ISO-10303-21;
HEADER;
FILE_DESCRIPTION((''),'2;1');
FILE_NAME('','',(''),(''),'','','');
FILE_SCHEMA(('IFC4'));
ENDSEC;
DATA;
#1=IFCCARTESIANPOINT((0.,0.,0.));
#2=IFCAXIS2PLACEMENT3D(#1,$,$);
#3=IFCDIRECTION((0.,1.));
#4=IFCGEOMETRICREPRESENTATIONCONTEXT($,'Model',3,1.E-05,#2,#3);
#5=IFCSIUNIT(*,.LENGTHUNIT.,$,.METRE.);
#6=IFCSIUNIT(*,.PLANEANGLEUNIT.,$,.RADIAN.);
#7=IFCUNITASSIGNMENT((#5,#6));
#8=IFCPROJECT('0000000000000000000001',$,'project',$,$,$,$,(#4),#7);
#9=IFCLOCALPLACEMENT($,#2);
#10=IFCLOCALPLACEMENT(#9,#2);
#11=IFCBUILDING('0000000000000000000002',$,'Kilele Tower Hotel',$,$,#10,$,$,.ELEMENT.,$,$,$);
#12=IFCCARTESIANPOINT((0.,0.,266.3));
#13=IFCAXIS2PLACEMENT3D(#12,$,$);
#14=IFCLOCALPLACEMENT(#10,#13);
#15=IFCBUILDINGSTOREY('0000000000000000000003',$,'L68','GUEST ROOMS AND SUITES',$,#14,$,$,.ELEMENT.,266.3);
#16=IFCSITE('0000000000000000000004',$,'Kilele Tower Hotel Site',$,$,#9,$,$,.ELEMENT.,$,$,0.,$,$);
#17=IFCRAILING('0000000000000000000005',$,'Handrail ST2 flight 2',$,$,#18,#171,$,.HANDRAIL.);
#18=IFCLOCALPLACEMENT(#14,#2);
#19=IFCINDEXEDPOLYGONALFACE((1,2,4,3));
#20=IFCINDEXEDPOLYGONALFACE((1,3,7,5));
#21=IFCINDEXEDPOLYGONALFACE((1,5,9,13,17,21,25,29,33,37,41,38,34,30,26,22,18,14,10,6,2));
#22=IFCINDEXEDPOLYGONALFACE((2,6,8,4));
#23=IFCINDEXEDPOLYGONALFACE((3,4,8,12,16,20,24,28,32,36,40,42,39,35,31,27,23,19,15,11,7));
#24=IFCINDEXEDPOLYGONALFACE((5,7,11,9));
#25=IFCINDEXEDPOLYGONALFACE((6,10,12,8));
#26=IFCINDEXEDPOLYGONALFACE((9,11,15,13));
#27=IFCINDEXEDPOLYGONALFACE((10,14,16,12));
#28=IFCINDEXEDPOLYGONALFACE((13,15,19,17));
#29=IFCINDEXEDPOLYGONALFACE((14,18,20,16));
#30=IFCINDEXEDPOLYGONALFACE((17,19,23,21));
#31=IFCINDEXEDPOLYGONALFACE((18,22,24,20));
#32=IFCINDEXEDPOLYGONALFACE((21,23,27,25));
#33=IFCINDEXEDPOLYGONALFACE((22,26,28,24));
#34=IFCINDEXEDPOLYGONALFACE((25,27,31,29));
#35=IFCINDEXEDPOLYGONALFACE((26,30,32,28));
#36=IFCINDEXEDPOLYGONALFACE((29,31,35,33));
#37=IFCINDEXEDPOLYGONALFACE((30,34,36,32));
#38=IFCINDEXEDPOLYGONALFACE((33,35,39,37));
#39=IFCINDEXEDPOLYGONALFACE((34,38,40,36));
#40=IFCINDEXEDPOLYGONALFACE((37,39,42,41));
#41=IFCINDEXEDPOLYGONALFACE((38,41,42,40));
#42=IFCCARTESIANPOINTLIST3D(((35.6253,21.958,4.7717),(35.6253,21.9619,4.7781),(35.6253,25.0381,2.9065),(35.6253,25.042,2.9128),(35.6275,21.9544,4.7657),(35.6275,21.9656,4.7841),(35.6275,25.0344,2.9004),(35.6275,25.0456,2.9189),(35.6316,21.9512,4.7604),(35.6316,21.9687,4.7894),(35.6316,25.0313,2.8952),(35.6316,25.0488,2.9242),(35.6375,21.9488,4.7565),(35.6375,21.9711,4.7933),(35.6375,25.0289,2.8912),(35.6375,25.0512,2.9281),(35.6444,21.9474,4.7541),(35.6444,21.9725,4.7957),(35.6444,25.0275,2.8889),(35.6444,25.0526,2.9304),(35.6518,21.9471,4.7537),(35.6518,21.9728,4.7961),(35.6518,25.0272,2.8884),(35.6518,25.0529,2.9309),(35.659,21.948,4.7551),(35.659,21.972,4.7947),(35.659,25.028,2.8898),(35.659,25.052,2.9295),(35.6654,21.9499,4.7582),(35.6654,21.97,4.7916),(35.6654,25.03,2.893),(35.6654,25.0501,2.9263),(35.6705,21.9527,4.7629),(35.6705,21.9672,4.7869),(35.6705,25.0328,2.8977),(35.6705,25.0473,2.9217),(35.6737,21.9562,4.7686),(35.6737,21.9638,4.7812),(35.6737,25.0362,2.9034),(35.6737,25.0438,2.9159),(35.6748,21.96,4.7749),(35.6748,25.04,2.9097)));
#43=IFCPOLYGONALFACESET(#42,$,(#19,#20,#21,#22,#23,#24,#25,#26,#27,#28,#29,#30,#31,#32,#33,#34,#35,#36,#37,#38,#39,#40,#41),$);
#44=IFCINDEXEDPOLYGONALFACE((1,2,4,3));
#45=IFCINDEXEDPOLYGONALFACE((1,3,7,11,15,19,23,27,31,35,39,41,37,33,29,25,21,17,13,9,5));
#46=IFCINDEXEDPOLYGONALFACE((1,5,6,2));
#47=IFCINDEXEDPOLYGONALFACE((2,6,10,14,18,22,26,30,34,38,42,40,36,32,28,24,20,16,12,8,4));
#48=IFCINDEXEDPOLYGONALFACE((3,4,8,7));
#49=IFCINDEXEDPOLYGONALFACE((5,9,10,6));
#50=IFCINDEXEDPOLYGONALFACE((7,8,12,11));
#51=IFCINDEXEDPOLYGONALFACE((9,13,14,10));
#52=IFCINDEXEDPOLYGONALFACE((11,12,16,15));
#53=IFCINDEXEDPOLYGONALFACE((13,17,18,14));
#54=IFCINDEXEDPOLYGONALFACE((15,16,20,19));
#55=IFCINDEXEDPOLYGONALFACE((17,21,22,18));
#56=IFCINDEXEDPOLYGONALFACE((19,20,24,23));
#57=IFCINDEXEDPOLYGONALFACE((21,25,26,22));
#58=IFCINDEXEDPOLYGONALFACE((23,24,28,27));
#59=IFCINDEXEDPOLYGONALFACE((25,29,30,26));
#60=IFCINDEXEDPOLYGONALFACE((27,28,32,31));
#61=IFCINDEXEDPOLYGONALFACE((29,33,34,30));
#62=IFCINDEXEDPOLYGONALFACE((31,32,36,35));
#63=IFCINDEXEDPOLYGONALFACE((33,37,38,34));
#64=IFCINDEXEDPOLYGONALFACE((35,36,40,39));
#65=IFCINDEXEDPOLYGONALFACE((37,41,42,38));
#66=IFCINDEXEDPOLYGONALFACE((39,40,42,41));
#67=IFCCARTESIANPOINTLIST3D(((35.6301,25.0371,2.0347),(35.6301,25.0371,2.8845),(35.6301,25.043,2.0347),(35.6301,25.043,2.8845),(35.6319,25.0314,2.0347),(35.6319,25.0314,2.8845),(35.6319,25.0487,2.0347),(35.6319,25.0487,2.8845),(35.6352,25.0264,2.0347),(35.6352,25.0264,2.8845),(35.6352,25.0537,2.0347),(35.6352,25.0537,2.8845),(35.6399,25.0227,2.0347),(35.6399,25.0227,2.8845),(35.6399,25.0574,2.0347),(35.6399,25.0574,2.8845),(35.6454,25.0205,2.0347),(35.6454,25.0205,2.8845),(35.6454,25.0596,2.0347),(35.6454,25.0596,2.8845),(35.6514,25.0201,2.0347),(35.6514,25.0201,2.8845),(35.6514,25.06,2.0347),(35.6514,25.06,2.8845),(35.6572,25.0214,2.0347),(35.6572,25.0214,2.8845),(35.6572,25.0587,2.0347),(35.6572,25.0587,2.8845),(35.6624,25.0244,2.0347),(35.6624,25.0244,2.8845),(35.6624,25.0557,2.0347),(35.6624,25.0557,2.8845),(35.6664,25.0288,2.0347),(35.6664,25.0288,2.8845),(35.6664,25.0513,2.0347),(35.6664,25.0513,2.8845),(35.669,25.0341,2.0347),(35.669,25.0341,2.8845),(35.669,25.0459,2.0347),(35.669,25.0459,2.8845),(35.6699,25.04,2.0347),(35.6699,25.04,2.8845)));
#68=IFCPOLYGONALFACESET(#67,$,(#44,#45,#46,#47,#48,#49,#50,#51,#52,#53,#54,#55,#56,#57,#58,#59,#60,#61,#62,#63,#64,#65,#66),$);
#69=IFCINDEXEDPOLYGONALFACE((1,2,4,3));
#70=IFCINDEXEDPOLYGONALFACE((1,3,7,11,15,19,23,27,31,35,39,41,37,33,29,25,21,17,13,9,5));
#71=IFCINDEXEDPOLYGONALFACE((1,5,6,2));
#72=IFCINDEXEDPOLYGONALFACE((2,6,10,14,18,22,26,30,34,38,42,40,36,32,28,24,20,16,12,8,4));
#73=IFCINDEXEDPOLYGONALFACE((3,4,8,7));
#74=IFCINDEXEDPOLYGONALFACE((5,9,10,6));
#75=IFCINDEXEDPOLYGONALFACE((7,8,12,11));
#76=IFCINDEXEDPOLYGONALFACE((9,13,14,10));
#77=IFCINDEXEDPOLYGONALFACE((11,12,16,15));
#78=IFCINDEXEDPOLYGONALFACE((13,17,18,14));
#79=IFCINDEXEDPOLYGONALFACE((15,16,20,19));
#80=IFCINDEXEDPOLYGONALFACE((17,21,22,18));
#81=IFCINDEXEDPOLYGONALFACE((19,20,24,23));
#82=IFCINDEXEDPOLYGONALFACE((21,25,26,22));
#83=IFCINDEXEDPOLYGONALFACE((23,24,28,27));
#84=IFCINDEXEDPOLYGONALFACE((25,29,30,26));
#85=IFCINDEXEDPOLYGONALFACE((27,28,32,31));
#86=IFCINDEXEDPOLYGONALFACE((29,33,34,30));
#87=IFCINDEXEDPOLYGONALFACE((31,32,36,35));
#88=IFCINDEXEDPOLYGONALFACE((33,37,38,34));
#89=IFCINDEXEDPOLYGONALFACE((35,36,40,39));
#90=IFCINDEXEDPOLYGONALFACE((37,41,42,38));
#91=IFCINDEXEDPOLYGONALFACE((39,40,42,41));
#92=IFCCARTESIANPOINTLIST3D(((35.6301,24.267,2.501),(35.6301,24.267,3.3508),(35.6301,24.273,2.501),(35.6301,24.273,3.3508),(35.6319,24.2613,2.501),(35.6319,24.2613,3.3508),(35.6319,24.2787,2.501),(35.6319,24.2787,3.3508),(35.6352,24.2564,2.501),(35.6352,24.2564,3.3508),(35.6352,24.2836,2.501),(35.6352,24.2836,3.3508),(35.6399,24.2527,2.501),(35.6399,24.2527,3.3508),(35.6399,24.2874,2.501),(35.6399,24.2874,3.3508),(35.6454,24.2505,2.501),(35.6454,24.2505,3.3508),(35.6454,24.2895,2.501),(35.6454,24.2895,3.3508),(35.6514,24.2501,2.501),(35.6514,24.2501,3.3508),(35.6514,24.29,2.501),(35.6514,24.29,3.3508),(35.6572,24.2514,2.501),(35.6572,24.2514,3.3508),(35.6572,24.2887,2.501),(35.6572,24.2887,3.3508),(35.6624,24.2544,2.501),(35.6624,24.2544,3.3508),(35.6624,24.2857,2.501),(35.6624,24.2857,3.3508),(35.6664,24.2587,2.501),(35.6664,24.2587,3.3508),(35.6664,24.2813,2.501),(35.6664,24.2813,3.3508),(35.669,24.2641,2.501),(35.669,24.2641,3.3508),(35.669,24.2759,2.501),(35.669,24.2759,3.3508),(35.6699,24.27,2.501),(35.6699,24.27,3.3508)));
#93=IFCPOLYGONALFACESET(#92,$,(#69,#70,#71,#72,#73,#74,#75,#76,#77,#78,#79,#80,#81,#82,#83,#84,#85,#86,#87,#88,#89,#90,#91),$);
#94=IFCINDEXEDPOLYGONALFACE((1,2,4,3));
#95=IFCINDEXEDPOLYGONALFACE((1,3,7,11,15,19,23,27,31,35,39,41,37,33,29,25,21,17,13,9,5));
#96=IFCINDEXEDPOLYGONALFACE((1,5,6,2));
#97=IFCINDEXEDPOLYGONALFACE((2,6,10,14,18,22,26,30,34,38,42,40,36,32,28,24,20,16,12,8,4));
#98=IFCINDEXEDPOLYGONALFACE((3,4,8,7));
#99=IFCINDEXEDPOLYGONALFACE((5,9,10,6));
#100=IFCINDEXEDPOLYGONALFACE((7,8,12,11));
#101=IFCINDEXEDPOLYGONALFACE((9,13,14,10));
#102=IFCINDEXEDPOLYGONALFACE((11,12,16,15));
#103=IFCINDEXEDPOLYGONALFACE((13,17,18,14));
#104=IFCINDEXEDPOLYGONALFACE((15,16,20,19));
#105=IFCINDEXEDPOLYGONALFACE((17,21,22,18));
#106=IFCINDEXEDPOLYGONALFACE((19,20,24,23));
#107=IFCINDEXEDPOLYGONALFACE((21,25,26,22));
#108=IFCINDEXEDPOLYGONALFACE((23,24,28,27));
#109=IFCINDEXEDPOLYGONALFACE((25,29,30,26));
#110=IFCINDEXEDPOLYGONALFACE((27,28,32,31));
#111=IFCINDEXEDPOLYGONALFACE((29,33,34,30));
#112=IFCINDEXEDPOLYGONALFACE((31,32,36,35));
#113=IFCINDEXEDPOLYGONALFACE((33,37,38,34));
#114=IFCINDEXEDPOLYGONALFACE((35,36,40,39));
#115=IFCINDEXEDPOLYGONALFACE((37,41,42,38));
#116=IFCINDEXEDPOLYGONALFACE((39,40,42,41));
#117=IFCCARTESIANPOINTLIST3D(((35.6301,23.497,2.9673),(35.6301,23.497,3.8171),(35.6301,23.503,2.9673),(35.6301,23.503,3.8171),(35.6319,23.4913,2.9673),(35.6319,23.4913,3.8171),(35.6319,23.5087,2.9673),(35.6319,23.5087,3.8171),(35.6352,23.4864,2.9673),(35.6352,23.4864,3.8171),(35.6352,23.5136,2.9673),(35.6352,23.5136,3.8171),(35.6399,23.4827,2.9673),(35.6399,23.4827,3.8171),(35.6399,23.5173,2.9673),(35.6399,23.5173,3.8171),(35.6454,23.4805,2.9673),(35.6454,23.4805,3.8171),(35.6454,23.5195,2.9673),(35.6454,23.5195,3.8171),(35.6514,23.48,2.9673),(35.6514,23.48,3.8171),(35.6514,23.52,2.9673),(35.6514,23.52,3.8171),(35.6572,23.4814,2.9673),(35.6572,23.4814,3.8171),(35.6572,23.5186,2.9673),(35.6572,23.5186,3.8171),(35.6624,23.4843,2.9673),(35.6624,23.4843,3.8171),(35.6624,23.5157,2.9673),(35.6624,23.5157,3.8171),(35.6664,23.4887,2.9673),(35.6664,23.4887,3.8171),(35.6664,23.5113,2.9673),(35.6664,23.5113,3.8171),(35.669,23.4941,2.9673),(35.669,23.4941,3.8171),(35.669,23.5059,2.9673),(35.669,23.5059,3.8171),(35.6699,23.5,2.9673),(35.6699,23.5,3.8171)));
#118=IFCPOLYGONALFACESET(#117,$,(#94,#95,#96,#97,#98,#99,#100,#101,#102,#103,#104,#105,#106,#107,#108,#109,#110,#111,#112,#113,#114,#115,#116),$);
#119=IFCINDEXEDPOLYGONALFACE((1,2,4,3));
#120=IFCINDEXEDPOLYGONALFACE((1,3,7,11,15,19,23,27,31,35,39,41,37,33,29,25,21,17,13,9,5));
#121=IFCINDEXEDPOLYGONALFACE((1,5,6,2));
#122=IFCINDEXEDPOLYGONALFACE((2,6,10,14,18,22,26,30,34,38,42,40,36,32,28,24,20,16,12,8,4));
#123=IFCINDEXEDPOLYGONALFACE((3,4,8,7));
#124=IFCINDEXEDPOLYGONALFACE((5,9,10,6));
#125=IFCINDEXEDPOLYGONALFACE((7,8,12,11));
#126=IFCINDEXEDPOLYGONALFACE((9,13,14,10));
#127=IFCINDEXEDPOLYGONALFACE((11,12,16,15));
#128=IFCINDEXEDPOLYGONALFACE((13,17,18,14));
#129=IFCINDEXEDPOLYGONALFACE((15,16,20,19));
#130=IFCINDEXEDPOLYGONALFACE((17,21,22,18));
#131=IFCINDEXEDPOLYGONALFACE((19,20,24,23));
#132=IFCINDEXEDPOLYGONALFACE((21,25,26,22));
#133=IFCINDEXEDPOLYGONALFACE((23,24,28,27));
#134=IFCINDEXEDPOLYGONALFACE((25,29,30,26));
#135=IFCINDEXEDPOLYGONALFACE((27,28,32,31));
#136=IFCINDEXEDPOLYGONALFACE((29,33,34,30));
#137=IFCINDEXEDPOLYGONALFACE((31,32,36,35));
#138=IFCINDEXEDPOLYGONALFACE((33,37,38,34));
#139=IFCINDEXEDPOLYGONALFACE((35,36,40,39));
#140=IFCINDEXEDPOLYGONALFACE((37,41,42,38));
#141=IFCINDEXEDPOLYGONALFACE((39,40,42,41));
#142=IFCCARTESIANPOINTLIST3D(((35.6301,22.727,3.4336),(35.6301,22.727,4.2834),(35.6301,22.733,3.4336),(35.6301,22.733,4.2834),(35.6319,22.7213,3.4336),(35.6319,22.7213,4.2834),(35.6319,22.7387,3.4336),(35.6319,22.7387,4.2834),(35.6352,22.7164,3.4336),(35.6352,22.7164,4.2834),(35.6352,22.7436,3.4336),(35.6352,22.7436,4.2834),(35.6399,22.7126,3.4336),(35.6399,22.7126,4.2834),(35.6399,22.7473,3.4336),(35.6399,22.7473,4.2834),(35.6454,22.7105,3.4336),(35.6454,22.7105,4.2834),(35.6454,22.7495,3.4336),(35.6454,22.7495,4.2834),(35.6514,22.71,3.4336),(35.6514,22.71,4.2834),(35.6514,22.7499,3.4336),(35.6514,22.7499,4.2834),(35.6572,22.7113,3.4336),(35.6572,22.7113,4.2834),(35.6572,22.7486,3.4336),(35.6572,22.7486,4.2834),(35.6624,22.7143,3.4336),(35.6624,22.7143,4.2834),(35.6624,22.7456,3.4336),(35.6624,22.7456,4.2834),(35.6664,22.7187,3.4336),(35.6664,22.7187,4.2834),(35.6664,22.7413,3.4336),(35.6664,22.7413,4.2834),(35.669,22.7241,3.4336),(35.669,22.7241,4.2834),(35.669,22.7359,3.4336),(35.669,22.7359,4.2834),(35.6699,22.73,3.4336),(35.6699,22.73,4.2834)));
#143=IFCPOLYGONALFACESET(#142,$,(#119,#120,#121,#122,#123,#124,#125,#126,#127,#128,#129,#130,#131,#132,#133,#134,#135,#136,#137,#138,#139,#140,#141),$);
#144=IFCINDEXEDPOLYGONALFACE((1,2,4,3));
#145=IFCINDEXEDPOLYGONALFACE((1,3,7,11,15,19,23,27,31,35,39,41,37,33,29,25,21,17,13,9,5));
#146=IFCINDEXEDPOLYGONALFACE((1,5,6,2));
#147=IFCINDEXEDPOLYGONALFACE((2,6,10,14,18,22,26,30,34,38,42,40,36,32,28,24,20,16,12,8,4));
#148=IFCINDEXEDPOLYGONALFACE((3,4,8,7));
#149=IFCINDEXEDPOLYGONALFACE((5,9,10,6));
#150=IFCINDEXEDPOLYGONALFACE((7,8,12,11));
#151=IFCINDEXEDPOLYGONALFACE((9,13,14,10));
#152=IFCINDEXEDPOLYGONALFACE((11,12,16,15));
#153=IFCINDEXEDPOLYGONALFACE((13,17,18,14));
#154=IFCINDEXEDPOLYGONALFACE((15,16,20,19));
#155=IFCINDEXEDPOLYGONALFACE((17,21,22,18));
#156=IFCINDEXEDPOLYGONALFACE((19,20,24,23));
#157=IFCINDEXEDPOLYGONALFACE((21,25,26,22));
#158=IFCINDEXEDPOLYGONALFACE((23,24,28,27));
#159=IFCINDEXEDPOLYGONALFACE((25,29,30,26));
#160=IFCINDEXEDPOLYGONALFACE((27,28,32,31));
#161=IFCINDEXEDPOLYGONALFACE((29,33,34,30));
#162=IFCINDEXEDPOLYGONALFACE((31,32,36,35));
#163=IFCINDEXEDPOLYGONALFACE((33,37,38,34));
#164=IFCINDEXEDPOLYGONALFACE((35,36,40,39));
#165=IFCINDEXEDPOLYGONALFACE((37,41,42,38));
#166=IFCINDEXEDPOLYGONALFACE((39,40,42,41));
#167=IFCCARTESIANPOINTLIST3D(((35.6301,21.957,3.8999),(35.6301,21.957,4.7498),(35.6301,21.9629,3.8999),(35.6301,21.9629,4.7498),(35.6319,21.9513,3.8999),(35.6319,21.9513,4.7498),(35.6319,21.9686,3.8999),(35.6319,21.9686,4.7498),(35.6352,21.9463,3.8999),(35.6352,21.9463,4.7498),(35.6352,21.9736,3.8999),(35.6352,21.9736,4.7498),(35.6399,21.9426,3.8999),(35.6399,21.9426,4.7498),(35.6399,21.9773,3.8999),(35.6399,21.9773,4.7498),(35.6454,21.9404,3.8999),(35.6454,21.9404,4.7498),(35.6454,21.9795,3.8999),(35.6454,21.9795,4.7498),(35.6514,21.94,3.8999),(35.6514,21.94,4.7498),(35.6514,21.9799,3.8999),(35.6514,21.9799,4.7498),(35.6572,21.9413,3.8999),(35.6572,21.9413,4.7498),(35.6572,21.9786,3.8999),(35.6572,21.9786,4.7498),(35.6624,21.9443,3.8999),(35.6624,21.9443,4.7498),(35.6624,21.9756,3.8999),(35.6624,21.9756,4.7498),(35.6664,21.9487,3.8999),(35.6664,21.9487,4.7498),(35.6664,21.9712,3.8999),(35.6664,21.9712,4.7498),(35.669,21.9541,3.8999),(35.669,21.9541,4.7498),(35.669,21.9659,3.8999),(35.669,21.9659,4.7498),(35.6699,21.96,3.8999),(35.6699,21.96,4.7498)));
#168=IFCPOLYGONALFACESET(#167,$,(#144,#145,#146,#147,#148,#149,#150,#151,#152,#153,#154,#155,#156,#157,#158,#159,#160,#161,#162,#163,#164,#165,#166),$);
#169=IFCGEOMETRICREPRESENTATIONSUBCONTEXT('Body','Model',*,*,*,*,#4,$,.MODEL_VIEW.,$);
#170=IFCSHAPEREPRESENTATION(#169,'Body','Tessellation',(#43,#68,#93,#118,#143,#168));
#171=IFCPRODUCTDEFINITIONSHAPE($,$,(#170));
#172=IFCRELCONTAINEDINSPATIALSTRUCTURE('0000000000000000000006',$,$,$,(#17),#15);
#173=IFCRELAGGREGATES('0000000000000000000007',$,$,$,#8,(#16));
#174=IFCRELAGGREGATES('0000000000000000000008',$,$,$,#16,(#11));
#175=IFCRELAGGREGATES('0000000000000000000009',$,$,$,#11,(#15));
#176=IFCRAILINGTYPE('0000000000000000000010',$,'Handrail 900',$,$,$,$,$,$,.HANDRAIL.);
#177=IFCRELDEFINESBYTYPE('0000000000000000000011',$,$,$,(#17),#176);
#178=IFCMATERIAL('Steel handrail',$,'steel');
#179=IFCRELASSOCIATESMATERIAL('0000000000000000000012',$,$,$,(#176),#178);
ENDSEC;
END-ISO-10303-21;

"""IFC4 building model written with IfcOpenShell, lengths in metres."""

from ifc_helpers import new_model, si_unit, direction, frame, origin, origin_2d, place, context, subcontext, project, spatial, circle, extrude, material, type_object, element, save


model = new_model("IFC4")

# Units and contexts
model_context = context("Model", 3, precision=1e-05, world=origin(), true_north=direction((0.0, 1.0)))
body_context = subcontext(model_context, "Body", "Model", "MODEL_VIEW")
ifc_project = project(units=[si_unit("LENGTHUNIT", "METRE"), si_unit("PLANEANGLEUNIT", "RADIAN")], contexts=[model_context])

# Site, building, storey
site_placement = place(None, origin())
site = spatial("IfcSite", under=ifc_project, at=site_placement, Name="Kilele Tower Hotel Site", CompositionType="ELEMENT", RefElevation=0.0)
building_placement = place(site_placement, origin())
building = spatial("IfcBuilding", under=site, at=building_placement, Name="Kilele Tower Hotel", CompositionType="ELEMENT")
storey_placement = place(building_placement, frame((0.0, 0.0, 266.3)))
storey = spatial("IfcBuildingStorey", under=building, at=storey_placement, Name="L68", Description="GUEST ROOMS AND SUITES", CompositionType="ELEMENT", Elevation=266.3)

# Railing
ifc_material_1 = material(Name="Steel handrail", Category="steel")
railing_type_1 = type_object("IfcRailingType", Name="Handrail 900", PredefinedType="HANDRAIL", material=ifc_material_1)
for number, where, name in (
    (1, (35.6499, 25.04, 2.0347), "Handrail ST2 flight 2"),
):
    element("IfcRailing", number, at=place(storey_placement, frame(where)), inside=storey, type_object=railing_type_1, Name=name, PredefinedType="HANDRAIL", context=body_context, shape_type="SweptSolid", body=[
        extrude(circle(Radius=0.0249, at=origin_2d()), frame((0.0, 0.0, 0.875), z_axis=(0.0, -0.85538, 0.518001), x_axis=(1.0, 0.0, 0.0)), (0.0, 0.0, 1.0), 3.6008),
        extrude(circle(Radius=0.02, at=origin_2d()), origin(), (0.0, 0.0, 1.0), 0.8499),
        extrude(circle(Radius=0.02, at=origin_2d()), frame((0.0, -0.77, 0.4663)), (0.0, 0.0, 1.0), 0.8499),
        extrude(circle(Radius=0.02, at=origin_2d()), frame((0.0, -1.54, 0.9326)), (0.0, 0.0, 1.0), 0.8499),
        extrude(circle(Radius=0.02, at=origin_2d()), frame((0.0, -2.3101, 1.3989)), (0.0, 0.0, 1.0), 0.8499),
        extrude(circle(Radius=0.02, at=origin_2d()), frame((0.0, -3.0801, 1.8652)), (0.0, 0.0, 1.0), 0.8499),
    ])

save(model, "model.ifc")
